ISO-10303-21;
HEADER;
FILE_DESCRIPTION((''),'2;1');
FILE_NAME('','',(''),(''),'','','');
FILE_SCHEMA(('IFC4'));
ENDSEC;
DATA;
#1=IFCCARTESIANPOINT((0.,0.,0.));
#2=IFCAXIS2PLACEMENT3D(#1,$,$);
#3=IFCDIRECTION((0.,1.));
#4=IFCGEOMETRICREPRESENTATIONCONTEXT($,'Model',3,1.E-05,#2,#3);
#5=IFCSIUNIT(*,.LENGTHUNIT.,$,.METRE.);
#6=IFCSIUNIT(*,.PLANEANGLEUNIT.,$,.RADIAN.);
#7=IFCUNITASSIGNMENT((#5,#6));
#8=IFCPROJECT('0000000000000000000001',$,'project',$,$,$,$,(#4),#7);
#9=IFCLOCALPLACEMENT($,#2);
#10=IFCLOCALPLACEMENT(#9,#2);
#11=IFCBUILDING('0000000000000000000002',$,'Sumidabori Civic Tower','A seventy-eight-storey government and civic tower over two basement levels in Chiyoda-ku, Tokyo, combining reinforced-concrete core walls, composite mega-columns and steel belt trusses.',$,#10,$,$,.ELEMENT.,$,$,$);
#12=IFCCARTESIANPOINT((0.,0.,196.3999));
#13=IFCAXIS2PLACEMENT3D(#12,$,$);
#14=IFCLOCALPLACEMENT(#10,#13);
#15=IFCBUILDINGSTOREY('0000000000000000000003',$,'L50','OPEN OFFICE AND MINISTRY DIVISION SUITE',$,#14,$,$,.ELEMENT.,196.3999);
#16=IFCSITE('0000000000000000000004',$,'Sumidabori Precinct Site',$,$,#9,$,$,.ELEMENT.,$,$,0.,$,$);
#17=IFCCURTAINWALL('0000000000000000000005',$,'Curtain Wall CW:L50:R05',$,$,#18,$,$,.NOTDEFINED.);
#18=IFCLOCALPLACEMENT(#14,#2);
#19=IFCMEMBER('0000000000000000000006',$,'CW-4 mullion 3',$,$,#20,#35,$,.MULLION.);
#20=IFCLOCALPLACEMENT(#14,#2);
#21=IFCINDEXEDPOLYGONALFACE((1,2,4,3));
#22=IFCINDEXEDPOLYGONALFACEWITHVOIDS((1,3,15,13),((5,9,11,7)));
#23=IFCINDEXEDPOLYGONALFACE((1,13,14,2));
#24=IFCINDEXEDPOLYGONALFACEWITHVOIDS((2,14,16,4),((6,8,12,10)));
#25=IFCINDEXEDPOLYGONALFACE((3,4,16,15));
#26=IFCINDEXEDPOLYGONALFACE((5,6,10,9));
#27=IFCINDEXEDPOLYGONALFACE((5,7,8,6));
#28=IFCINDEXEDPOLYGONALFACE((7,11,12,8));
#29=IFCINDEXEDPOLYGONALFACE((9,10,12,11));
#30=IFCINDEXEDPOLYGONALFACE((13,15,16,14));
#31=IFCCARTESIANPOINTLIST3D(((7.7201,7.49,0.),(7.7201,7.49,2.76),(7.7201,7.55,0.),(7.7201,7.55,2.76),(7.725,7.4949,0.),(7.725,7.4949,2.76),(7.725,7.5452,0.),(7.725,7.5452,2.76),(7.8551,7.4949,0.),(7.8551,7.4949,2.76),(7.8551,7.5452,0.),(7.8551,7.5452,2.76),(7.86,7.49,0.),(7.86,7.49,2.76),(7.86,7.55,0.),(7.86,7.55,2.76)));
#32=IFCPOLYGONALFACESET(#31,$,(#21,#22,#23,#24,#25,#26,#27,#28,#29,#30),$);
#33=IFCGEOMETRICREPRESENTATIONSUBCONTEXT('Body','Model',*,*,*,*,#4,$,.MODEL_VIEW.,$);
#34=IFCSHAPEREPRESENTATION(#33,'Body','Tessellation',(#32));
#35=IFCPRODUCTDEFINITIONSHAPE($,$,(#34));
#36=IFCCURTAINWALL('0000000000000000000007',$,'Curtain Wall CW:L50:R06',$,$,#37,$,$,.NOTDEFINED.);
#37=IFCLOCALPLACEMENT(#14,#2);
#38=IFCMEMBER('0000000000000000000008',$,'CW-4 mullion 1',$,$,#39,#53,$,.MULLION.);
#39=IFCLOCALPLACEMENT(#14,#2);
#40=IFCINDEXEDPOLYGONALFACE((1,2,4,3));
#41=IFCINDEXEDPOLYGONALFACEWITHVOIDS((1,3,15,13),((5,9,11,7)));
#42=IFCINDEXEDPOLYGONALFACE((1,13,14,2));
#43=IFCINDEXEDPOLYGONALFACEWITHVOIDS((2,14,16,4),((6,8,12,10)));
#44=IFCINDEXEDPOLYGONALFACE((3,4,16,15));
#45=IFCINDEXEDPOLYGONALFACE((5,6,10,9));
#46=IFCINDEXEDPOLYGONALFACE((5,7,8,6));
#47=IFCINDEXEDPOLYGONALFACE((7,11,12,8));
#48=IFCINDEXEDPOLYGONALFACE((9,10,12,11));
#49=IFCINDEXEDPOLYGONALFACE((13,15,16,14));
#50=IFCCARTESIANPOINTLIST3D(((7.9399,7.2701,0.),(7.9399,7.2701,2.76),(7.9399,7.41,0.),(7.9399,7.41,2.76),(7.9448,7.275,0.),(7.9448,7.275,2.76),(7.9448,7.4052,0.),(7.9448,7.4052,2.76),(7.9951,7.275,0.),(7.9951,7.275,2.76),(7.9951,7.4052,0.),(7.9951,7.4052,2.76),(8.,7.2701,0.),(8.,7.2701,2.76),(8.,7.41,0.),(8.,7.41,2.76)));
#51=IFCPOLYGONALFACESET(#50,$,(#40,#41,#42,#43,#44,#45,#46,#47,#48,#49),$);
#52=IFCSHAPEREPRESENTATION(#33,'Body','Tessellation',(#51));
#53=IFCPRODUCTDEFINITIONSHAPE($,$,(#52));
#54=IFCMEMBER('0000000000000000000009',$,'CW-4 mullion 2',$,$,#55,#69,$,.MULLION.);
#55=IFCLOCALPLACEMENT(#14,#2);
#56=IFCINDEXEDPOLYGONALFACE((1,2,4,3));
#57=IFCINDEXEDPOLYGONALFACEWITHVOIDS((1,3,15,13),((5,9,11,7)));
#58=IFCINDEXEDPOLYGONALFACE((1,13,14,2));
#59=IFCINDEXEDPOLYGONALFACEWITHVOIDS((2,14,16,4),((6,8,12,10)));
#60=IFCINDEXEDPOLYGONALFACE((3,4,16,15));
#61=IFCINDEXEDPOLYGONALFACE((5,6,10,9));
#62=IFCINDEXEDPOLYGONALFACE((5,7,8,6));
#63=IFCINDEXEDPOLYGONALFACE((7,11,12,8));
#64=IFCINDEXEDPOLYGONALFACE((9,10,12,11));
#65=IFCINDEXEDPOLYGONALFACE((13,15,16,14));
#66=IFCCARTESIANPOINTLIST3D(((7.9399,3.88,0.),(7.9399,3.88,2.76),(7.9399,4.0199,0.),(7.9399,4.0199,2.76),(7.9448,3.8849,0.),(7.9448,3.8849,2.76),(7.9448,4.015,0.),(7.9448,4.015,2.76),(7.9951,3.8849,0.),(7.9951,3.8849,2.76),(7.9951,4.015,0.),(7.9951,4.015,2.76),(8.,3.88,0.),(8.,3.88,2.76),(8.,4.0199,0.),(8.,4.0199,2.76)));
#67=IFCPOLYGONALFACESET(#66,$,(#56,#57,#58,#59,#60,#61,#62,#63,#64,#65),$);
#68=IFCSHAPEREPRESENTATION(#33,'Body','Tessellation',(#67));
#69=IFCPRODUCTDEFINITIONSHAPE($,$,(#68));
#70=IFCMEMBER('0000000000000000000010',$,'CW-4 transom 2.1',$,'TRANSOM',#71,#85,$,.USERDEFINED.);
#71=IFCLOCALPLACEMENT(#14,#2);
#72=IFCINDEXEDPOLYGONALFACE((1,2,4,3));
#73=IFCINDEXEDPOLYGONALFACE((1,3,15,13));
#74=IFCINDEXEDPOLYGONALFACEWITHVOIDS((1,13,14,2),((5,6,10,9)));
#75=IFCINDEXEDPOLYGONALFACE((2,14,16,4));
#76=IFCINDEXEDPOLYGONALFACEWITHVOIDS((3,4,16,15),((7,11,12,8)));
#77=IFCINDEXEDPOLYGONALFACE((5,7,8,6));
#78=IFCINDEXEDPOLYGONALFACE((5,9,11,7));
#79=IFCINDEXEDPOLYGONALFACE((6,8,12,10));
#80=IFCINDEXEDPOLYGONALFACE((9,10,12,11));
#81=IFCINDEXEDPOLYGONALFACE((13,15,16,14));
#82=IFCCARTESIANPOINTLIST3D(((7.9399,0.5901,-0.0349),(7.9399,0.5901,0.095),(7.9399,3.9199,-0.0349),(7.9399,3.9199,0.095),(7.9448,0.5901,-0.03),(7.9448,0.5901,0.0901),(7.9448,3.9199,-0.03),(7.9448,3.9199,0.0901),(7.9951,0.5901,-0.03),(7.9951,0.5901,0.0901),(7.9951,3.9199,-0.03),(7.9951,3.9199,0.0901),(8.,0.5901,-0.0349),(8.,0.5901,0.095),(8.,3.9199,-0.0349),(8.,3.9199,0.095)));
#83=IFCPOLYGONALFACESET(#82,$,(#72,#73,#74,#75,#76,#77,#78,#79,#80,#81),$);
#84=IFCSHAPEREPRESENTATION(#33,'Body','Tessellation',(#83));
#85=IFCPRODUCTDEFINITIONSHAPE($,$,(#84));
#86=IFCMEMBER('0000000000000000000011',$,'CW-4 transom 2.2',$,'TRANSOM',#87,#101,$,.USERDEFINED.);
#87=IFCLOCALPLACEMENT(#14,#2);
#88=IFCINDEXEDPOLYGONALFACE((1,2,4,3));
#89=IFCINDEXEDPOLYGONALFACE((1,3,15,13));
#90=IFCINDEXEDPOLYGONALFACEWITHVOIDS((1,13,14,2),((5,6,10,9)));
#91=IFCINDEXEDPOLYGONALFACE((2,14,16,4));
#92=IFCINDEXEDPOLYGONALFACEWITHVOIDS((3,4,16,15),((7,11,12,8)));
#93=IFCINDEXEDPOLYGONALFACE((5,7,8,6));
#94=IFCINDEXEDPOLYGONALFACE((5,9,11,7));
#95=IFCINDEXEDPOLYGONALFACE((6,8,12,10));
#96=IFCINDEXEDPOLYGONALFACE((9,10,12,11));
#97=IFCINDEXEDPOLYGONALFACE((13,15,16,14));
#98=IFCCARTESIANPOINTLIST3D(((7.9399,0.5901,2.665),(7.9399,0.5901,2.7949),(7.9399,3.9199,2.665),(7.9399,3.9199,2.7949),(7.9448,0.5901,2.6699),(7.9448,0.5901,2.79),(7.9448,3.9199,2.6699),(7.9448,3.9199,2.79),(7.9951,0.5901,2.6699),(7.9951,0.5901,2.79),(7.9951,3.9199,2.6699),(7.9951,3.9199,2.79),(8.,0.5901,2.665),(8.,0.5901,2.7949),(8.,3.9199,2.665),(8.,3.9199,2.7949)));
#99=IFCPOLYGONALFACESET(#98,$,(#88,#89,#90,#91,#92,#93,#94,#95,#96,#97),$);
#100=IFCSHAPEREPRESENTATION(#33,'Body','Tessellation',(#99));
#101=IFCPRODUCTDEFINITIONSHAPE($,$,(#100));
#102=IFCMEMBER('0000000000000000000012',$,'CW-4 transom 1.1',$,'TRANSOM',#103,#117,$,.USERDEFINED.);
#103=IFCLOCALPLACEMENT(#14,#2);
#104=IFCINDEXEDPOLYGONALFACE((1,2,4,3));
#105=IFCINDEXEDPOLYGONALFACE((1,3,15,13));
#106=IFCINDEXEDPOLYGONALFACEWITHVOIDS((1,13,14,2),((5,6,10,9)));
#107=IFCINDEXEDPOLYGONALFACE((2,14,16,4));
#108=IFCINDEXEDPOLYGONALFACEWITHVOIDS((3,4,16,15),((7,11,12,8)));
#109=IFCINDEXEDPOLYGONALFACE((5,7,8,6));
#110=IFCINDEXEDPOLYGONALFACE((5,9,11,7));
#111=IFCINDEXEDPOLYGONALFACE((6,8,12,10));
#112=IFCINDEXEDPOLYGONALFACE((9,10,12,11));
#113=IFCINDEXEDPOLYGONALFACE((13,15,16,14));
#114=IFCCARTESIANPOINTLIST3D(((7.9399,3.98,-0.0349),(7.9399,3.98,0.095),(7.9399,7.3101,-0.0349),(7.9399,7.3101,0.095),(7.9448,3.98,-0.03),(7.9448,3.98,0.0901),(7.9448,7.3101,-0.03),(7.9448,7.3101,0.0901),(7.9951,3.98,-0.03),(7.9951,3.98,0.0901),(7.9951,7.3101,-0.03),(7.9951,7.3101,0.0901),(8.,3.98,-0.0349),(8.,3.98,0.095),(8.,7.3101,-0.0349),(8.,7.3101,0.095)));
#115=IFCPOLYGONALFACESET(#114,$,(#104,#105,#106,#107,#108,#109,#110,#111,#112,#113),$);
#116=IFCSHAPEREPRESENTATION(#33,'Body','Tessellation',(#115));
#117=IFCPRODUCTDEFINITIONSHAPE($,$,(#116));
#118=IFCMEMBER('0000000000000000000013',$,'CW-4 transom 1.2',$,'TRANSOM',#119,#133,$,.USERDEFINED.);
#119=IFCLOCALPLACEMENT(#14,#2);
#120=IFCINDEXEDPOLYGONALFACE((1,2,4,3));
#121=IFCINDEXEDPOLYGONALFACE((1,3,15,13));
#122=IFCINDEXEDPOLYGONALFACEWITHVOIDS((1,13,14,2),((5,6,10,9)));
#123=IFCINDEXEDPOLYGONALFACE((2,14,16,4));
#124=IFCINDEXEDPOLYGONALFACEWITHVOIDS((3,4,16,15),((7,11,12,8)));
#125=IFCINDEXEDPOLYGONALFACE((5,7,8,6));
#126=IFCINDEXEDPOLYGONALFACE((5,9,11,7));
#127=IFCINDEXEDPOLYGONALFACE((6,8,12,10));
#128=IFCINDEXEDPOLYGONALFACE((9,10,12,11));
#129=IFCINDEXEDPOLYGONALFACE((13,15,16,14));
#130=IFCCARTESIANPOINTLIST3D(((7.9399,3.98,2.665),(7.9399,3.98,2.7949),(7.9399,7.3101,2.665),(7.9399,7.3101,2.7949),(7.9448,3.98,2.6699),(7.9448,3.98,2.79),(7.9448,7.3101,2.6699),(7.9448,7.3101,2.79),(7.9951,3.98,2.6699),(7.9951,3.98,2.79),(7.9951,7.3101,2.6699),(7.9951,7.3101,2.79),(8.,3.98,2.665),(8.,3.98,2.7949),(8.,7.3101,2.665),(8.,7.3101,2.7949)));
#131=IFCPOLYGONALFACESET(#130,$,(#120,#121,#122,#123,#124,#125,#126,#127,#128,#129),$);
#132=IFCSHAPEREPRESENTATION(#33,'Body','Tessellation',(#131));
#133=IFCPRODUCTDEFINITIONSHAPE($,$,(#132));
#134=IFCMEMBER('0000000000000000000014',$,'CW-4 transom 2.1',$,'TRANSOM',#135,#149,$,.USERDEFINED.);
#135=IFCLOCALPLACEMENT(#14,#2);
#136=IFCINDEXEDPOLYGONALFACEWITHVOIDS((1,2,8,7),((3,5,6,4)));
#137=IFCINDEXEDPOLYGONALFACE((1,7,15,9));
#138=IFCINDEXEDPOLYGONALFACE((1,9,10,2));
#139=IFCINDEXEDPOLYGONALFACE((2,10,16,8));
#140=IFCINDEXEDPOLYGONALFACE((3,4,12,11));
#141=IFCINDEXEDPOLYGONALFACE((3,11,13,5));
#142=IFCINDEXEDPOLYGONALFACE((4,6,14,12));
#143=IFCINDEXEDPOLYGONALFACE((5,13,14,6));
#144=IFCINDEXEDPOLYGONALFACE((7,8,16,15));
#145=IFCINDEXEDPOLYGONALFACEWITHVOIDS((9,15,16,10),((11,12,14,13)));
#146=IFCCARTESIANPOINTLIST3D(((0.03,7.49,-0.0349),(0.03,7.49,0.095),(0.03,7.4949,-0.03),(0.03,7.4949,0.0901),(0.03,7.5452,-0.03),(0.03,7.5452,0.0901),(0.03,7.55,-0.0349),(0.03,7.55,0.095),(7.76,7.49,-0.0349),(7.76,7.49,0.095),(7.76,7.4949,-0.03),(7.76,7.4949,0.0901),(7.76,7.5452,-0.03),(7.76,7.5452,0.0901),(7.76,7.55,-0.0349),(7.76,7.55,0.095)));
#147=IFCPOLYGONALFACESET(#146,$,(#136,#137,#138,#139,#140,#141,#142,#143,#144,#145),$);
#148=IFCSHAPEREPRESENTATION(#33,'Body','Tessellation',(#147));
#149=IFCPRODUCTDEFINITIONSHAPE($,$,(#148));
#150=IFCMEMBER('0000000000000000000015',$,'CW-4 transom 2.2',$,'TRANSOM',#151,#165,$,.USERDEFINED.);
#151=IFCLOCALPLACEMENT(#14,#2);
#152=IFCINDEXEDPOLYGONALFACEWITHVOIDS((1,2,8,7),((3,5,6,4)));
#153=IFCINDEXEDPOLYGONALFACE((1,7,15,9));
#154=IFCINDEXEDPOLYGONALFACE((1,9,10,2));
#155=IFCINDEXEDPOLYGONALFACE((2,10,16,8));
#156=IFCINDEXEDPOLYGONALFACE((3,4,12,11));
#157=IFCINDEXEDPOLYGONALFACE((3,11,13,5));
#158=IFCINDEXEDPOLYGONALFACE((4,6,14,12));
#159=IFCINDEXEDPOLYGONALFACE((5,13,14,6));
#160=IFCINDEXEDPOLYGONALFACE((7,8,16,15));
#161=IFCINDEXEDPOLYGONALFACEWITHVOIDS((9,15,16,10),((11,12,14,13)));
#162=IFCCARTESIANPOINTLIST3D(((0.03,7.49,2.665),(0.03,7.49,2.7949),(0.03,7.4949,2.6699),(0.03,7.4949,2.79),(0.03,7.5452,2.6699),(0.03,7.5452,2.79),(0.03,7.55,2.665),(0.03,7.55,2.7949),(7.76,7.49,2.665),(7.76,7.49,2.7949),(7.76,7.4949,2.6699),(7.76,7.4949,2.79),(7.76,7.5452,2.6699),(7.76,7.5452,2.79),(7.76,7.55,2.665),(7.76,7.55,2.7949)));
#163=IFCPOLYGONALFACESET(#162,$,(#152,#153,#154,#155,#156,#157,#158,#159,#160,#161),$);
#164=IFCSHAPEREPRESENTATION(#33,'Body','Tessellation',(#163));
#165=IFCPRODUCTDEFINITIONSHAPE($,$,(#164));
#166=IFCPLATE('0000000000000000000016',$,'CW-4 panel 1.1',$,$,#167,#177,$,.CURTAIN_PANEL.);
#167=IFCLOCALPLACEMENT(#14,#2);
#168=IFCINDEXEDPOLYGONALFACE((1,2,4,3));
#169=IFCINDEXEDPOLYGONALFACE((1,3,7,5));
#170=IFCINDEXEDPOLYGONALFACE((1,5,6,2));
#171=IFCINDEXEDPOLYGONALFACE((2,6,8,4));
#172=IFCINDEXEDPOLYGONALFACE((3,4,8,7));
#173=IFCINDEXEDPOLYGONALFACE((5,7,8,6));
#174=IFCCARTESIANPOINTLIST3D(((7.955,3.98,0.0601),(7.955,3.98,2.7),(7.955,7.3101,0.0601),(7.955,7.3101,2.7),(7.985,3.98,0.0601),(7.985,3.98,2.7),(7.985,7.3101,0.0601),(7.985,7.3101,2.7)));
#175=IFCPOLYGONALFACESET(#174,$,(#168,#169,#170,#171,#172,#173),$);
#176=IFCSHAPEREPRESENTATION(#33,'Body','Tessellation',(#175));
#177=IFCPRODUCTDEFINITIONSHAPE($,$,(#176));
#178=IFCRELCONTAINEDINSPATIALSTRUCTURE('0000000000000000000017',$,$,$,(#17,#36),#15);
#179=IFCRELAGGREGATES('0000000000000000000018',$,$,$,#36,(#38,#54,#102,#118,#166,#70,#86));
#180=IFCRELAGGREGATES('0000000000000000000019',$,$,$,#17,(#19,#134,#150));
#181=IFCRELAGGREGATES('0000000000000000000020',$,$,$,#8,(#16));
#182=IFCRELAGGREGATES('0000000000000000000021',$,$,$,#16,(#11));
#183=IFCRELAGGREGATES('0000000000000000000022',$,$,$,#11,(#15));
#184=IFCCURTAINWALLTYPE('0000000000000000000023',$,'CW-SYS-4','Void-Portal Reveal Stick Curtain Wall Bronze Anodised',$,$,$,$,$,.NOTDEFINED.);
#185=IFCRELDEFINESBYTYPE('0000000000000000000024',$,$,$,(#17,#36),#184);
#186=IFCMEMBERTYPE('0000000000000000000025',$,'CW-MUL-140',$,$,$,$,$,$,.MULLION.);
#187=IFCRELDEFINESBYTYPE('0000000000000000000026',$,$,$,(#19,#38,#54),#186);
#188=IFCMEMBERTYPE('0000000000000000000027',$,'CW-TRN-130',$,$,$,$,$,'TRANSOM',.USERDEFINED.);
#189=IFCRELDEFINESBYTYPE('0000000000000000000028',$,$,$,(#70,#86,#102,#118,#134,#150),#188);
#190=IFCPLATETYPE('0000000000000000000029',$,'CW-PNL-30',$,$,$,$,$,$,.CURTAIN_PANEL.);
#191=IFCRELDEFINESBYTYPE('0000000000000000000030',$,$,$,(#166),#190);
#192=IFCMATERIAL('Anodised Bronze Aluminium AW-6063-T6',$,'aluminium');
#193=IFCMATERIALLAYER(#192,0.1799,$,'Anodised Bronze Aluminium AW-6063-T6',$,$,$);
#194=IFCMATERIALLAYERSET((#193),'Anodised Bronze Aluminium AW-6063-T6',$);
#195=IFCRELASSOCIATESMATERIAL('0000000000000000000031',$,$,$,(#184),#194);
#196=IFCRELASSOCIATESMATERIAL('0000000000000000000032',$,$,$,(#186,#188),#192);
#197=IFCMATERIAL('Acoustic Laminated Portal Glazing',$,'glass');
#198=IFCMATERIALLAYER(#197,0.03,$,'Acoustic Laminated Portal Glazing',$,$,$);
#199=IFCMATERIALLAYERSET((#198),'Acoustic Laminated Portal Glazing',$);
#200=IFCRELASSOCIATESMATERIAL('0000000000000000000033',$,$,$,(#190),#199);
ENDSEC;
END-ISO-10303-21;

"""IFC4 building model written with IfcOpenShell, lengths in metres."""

from ifc_helpers import new_model, si_unit, direction, frame, origin, origin_2d, place, context, subcontext, project, spatial, rectangle, hollow_rectangle, extrude, source, transform, mapped, material, layer, layer_set, material_profile, profile_set, type_object, element, aggregate, save


model = new_model("IFC4")

# Units and contexts
model_context = context("Model", 3, precision=1e-05, world=origin(), true_north=direction((0.0, 1.0)))
body_context = subcontext(model_context, "Body", "Model", "MODEL_VIEW")
ifc_project = project(units=[si_unit("LENGTHUNIT", "METRE"), si_unit("PLANEANGLEUNIT", "RADIAN")], contexts=[model_context])

# Site, building, storey
site_placement = place(None, origin())
site = spatial("IfcSite", under=ifc_project, at=site_placement, Name="Sumidabori Precinct Site", CompositionType="ELEMENT", RefElevation=0.0)
building_placement = place(site_placement, origin())
building = spatial("IfcBuilding", under=site, at=building_placement, Name="Sumidabori Civic Tower", Description="A seventy-eight-storey government and civic tower over two basement levels in Chiyoda-ku, Tokyo, combining reinforced-concrete core walls, composite mega-columns and steel belt trusses.", CompositionType="ELEMENT")
storey_placement = place(building_placement, frame((0.0, 0.0, 196.3999)))
storey = spatial("IfcBuildingStorey", under=building, at=storey_placement, Name="L50", Description="OPEN OFFICE AND MINISTRY DIVISION SUITE", CompositionType="ELEMENT", Elevation=196.3999)

# Curtain wall, member
ifc_material_1 = material(Name="Anodised Bronze Aluminium AW-6063-T6", Category="aluminium")
ifc_layer_1 = layer(ifc_material_1, 0.1799, Name="Anodised Bronze Aluminium AW-6063-T6")
ifc_layer_set_1 = layer_set([ifc_layer_1], Name="Anodised Bronze Aluminium AW-6063-T6")
curtain_wall_type = type_object("IfcCurtainWallType", Name="CW-SYS-4", Description="Void-Portal Reveal Stick Curtain Wall Bronze Anodised", PredefinedType="NOTDEFINED", material=ifc_layer_set_1)
curtain_wall_1_placement = place(storey_placement, origin())
curtain_wall_1 = element("IfcCurtainWall", 1, at=curtain_wall_1_placement, inside=storey, type_object=curtain_wall_type, Name="Curtain Wall CW:L50:R05", PredefinedType="NOTDEFINED")
ifc_material_profile_1 = material_profile(ifc_material_1, hollow_rectangle(XDim=0.0601, YDim=0.1399, WallThickness=0.0049, at=origin_2d()), Name="ALU MULLION 140x60")
ifc_profile_set_1 = profile_set([ifc_material_profile_1], Name="Anodised Bronze Aluminium AW-6063-T6")
member_type_1 = type_object("IfcMemberType", Name="CW-MUL-140", PredefinedType="MULLION", material=ifc_profile_set_1)
shared_shape_1 = source(origin(), body_context, "Body", "SweptSolid", [
    extrude(hollow_rectangle(XDim=0.0601, YDim=0.1399, WallThickness=0.0049, at=origin_2d()), origin(), (0.0, 0.0, 1.0), 2.76),
])
member_1_placement = place(storey_placement, frame((7.79, 7.52, 0.0), z_axis=(0.0, 0.0, 1.0), x_axis=(0.0, 1.0, 0.0)))
member_1 = element("IfcMember", 2, at=member_1_placement, type_object=member_type_1, Name="CW-4 mullion 3", PredefinedType="MULLION", context=body_context, shape_type="MappedRepresentation", body=[
    mapped(shared_shape_1, transform((0.0, 0.0, 0.0), x_axis=(1.0, 0.0, 0.0), y_axis=(0.0, 1.0, 0.0), z_axis=(0.0, 0.0, 1.0), scale=1.0)),
])

# Curtain wall, members
curtain_wall_2_placement = place(storey_placement, origin())
curtain_wall_2 = element("IfcCurtainWall", 3, at=curtain_wall_2_placement, inside=storey, type_object=curtain_wall_type, Name="Curtain Wall CW:L50:R06", PredefinedType="NOTDEFINED")
member_2_placement = place(storey_placement, frame((7.97, 7.3401, 0.0), z_axis=(0.0, 0.0, 1.0), x_axis=(1.0, 0.0, 0.0)))
member_2 = element("IfcMember", 4, at=member_2_placement, type_object=member_type_1, Name="CW-4 mullion 1", PredefinedType="MULLION", context=body_context, shape_type="MappedRepresentation", body=[
    mapped(shared_shape_1, transform((0.0, 0.0, 0.0), x_axis=(1.0, 0.0, 0.0), y_axis=(0.0, 1.0, 0.0), z_axis=(0.0, 0.0, 1.0), scale=1.0)),
])
member_3_placement = place(storey_placement, frame((7.97, 3.95, 0.0), z_axis=(0.0, 0.0, 1.0), x_axis=(1.0, 0.0, 0.0)))
member_3 = element("IfcMember", 5, at=member_3_placement, type_object=member_type_1, Name="CW-4 mullion 2", PredefinedType="MULLION", context=body_context, shape_type="MappedRepresentation", body=[
    mapped(shared_shape_1, transform((0.0, 0.0, 0.0), x_axis=(1.0, 0.0, 0.0), y_axis=(0.0, 1.0, 0.0), z_axis=(0.0, 0.0, 1.0), scale=1.0)),
])
ifc_material_profile_2 = material_profile(ifc_material_1, hollow_rectangle(XDim=0.0601, YDim=0.1299, WallThickness=0.0049, at=origin_2d()), Name="ALU TRANSOM 130x60")
ifc_profile_set_2 = profile_set([ifc_material_profile_2], Name="Anodised Bronze Aluminium AW-6063-T6")
member_type_2 = type_object("IfcMemberType", Name="CW-TRN-130", ElementType="TRANSOM", PredefinedType="USERDEFINED", material=ifc_profile_set_2)
shared_shape_2 = source(origin(), body_context, "Body", "SweptSolid", [
    extrude(hollow_rectangle(XDim=0.0601, YDim=0.1299, WallThickness=0.0049, at=origin_2d()), origin(), (0.0, 0.0, 1.0), 3.3298),
])
member_4_placement = place(storey_placement, frame((7.97, 3.9199, 0.03), z_axis=(0.0, -1.0, 0.0), x_axis=(1.0, 0.0, 0.0)))
member_4 = element("IfcMember", 6, at=member_4_placement, type_object=member_type_2, Name="CW-4 transom 2.1", ObjectType="TRANSOM", PredefinedType="USERDEFINED", context=body_context, shape_type="MappedRepresentation", body=[
    mapped(shared_shape_2, transform((0.0, 0.0, 0.0), x_axis=(1.0, 0.0, 0.0), y_axis=(0.0, 1.0, 0.0), z_axis=(0.0, 0.0, 1.0), scale=1.0)),
])
member_5_placement = place(storey_placement, frame((7.97, 3.9199, 2.73), z_axis=(0.0, -1.0, 0.0), x_axis=(1.0, 0.0, 0.0)))
member_5 = element("IfcMember", 7, at=member_5_placement, type_object=member_type_2, Name="CW-4 transom 2.2", ObjectType="TRANSOM", PredefinedType="USERDEFINED", context=body_context, shape_type="MappedRepresentation", body=[
    mapped(shared_shape_2, transform((0.0, 0.0, 0.0), x_axis=(1.0, 0.0, 0.0), y_axis=(0.0, 1.0, 0.0), z_axis=(0.0, 0.0, 1.0), scale=1.0)),
])
shared_shape_3 = source(origin(), body_context, "Body", "SweptSolid", [
    extrude(hollow_rectangle(XDim=0.0601, YDim=0.1299, WallThickness=0.0049, at=origin_2d()), origin(), (0.0, 0.0, 1.0), 3.3301),
])
member_6_placement = place(storey_placement, frame((7.97, 7.3101, 0.03), z_axis=(0.0, -1.0, 0.0), x_axis=(1.0, 0.0, 0.0)))
member_6 = element("IfcMember", 8, at=member_6_placement, type_object=member_type_2, Name="CW-4 transom 1.1", ObjectType="TRANSOM", PredefinedType="USERDEFINED", context=body_context, shape_type="MappedRepresentation", body=[
    mapped(shared_shape_3, transform((0.0, 0.0, 0.0), x_axis=(1.0, 0.0, 0.0), y_axis=(0.0, 1.0, 0.0), z_axis=(0.0, 0.0, 1.0), scale=1.0)),
])
member_7_placement = place(storey_placement, frame((7.97, 7.3101, 2.73), z_axis=(0.0, -1.0, 0.0), x_axis=(1.0, 0.0, 0.0)))
member_7 = element("IfcMember", 9, at=member_7_placement, type_object=member_type_2, Name="CW-4 transom 1.2", ObjectType="TRANSOM", PredefinedType="USERDEFINED", context=body_context, shape_type="MappedRepresentation", body=[
    mapped(shared_shape_3, transform((0.0, 0.0, 0.0), x_axis=(1.0, 0.0, 0.0), y_axis=(0.0, 1.0, 0.0), z_axis=(0.0, 0.0, 1.0), scale=1.0)),
])

# Members
shared_shape_4 = source(origin(), body_context, "Body", "SweptSolid", [
    extrude(hollow_rectangle(XDim=0.0601, YDim=0.1299, WallThickness=0.0049, at=origin_2d()), origin(), (0.0, 0.0, 1.0), 7.73),
])
member_8_placement = place(storey_placement, frame((0.03, 7.52, 0.03), z_axis=(1.0, 0.0, 0.0), x_axis=(0.0, 1.0, 0.0)))
member_8 = element("IfcMember", 10, at=member_8_placement, type_object=member_type_2, Name="CW-4 transom 2.1", ObjectType="TRANSOM", PredefinedType="USERDEFINED", context=body_context, shape_type="MappedRepresentation", body=[
    mapped(shared_shape_4, transform((0.0, 0.0, 0.0), x_axis=(1.0, 0.0, 0.0), y_axis=(0.0, 1.0, 0.0), z_axis=(0.0, 0.0, 1.0), scale=1.0)),
])
member_9_placement = place(storey_placement, frame((0.03, 7.52, 2.73), z_axis=(1.0, 0.0, 0.0), x_axis=(0.0, 1.0, 0.0)))
member_9 = element("IfcMember", 11, at=member_9_placement, type_object=member_type_2, Name="CW-4 transom 2.2", ObjectType="TRANSOM", PredefinedType="USERDEFINED", context=body_context, shape_type="MappedRepresentation", body=[
    mapped(shared_shape_4, transform((0.0, 0.0, 0.0), x_axis=(1.0, 0.0, 0.0), y_axis=(0.0, 1.0, 0.0), z_axis=(0.0, 0.0, 1.0), scale=1.0)),
])

# Plate
ifc_material_2 = material(Name="Acoustic Laminated Portal Glazing", Category="glass")
ifc_layer_2 = layer(ifc_material_2, 0.03, Name="Acoustic Laminated Portal Glazing")
ifc_layer_set_2 = layer_set([ifc_layer_2], Name="Acoustic Laminated Portal Glazing")
plate_type = type_object("IfcPlateType", Name="CW-PNL-30", PredefinedType="CURTAIN_PANEL", material=ifc_layer_set_2)
shared_shape_5 = source(origin(), body_context, "Body", "SweptSolid", [
    extrude(rectangle(XDim=3.3301, YDim=0.03, at=origin_2d()), origin(), (0.0, 0.0, 1.0), 2.6399),
])
plate_1_placement = place(storey_placement, frame((7.97, 5.645, 0.0601), z_axis=(0.0, 0.0, 1.0), x_axis=(0.0, -1.0, 0.0)))
plate_1 = element("IfcPlate", 12, at=plate_1_placement, type_object=plate_type, Name="CW-4 panel 1.1", PredefinedType="CURTAIN_PANEL", context=body_context, shape_type="MappedRepresentation", body=[
    mapped(shared_shape_5, transform((0.0, 0.0, 0.0), x_axis=(1.0, 0.0, 0.0), y_axis=(0.0, 1.0, 0.0), z_axis=(0.0, 0.0, 1.0), scale=1.0)),
])
aggregate(curtain_wall_2, [member_2, member_3, member_6, member_7, plate_1, member_4, member_5])
aggregate(curtain_wall_1, [member_1, member_8, member_9])

save(model, "model.ifc")
